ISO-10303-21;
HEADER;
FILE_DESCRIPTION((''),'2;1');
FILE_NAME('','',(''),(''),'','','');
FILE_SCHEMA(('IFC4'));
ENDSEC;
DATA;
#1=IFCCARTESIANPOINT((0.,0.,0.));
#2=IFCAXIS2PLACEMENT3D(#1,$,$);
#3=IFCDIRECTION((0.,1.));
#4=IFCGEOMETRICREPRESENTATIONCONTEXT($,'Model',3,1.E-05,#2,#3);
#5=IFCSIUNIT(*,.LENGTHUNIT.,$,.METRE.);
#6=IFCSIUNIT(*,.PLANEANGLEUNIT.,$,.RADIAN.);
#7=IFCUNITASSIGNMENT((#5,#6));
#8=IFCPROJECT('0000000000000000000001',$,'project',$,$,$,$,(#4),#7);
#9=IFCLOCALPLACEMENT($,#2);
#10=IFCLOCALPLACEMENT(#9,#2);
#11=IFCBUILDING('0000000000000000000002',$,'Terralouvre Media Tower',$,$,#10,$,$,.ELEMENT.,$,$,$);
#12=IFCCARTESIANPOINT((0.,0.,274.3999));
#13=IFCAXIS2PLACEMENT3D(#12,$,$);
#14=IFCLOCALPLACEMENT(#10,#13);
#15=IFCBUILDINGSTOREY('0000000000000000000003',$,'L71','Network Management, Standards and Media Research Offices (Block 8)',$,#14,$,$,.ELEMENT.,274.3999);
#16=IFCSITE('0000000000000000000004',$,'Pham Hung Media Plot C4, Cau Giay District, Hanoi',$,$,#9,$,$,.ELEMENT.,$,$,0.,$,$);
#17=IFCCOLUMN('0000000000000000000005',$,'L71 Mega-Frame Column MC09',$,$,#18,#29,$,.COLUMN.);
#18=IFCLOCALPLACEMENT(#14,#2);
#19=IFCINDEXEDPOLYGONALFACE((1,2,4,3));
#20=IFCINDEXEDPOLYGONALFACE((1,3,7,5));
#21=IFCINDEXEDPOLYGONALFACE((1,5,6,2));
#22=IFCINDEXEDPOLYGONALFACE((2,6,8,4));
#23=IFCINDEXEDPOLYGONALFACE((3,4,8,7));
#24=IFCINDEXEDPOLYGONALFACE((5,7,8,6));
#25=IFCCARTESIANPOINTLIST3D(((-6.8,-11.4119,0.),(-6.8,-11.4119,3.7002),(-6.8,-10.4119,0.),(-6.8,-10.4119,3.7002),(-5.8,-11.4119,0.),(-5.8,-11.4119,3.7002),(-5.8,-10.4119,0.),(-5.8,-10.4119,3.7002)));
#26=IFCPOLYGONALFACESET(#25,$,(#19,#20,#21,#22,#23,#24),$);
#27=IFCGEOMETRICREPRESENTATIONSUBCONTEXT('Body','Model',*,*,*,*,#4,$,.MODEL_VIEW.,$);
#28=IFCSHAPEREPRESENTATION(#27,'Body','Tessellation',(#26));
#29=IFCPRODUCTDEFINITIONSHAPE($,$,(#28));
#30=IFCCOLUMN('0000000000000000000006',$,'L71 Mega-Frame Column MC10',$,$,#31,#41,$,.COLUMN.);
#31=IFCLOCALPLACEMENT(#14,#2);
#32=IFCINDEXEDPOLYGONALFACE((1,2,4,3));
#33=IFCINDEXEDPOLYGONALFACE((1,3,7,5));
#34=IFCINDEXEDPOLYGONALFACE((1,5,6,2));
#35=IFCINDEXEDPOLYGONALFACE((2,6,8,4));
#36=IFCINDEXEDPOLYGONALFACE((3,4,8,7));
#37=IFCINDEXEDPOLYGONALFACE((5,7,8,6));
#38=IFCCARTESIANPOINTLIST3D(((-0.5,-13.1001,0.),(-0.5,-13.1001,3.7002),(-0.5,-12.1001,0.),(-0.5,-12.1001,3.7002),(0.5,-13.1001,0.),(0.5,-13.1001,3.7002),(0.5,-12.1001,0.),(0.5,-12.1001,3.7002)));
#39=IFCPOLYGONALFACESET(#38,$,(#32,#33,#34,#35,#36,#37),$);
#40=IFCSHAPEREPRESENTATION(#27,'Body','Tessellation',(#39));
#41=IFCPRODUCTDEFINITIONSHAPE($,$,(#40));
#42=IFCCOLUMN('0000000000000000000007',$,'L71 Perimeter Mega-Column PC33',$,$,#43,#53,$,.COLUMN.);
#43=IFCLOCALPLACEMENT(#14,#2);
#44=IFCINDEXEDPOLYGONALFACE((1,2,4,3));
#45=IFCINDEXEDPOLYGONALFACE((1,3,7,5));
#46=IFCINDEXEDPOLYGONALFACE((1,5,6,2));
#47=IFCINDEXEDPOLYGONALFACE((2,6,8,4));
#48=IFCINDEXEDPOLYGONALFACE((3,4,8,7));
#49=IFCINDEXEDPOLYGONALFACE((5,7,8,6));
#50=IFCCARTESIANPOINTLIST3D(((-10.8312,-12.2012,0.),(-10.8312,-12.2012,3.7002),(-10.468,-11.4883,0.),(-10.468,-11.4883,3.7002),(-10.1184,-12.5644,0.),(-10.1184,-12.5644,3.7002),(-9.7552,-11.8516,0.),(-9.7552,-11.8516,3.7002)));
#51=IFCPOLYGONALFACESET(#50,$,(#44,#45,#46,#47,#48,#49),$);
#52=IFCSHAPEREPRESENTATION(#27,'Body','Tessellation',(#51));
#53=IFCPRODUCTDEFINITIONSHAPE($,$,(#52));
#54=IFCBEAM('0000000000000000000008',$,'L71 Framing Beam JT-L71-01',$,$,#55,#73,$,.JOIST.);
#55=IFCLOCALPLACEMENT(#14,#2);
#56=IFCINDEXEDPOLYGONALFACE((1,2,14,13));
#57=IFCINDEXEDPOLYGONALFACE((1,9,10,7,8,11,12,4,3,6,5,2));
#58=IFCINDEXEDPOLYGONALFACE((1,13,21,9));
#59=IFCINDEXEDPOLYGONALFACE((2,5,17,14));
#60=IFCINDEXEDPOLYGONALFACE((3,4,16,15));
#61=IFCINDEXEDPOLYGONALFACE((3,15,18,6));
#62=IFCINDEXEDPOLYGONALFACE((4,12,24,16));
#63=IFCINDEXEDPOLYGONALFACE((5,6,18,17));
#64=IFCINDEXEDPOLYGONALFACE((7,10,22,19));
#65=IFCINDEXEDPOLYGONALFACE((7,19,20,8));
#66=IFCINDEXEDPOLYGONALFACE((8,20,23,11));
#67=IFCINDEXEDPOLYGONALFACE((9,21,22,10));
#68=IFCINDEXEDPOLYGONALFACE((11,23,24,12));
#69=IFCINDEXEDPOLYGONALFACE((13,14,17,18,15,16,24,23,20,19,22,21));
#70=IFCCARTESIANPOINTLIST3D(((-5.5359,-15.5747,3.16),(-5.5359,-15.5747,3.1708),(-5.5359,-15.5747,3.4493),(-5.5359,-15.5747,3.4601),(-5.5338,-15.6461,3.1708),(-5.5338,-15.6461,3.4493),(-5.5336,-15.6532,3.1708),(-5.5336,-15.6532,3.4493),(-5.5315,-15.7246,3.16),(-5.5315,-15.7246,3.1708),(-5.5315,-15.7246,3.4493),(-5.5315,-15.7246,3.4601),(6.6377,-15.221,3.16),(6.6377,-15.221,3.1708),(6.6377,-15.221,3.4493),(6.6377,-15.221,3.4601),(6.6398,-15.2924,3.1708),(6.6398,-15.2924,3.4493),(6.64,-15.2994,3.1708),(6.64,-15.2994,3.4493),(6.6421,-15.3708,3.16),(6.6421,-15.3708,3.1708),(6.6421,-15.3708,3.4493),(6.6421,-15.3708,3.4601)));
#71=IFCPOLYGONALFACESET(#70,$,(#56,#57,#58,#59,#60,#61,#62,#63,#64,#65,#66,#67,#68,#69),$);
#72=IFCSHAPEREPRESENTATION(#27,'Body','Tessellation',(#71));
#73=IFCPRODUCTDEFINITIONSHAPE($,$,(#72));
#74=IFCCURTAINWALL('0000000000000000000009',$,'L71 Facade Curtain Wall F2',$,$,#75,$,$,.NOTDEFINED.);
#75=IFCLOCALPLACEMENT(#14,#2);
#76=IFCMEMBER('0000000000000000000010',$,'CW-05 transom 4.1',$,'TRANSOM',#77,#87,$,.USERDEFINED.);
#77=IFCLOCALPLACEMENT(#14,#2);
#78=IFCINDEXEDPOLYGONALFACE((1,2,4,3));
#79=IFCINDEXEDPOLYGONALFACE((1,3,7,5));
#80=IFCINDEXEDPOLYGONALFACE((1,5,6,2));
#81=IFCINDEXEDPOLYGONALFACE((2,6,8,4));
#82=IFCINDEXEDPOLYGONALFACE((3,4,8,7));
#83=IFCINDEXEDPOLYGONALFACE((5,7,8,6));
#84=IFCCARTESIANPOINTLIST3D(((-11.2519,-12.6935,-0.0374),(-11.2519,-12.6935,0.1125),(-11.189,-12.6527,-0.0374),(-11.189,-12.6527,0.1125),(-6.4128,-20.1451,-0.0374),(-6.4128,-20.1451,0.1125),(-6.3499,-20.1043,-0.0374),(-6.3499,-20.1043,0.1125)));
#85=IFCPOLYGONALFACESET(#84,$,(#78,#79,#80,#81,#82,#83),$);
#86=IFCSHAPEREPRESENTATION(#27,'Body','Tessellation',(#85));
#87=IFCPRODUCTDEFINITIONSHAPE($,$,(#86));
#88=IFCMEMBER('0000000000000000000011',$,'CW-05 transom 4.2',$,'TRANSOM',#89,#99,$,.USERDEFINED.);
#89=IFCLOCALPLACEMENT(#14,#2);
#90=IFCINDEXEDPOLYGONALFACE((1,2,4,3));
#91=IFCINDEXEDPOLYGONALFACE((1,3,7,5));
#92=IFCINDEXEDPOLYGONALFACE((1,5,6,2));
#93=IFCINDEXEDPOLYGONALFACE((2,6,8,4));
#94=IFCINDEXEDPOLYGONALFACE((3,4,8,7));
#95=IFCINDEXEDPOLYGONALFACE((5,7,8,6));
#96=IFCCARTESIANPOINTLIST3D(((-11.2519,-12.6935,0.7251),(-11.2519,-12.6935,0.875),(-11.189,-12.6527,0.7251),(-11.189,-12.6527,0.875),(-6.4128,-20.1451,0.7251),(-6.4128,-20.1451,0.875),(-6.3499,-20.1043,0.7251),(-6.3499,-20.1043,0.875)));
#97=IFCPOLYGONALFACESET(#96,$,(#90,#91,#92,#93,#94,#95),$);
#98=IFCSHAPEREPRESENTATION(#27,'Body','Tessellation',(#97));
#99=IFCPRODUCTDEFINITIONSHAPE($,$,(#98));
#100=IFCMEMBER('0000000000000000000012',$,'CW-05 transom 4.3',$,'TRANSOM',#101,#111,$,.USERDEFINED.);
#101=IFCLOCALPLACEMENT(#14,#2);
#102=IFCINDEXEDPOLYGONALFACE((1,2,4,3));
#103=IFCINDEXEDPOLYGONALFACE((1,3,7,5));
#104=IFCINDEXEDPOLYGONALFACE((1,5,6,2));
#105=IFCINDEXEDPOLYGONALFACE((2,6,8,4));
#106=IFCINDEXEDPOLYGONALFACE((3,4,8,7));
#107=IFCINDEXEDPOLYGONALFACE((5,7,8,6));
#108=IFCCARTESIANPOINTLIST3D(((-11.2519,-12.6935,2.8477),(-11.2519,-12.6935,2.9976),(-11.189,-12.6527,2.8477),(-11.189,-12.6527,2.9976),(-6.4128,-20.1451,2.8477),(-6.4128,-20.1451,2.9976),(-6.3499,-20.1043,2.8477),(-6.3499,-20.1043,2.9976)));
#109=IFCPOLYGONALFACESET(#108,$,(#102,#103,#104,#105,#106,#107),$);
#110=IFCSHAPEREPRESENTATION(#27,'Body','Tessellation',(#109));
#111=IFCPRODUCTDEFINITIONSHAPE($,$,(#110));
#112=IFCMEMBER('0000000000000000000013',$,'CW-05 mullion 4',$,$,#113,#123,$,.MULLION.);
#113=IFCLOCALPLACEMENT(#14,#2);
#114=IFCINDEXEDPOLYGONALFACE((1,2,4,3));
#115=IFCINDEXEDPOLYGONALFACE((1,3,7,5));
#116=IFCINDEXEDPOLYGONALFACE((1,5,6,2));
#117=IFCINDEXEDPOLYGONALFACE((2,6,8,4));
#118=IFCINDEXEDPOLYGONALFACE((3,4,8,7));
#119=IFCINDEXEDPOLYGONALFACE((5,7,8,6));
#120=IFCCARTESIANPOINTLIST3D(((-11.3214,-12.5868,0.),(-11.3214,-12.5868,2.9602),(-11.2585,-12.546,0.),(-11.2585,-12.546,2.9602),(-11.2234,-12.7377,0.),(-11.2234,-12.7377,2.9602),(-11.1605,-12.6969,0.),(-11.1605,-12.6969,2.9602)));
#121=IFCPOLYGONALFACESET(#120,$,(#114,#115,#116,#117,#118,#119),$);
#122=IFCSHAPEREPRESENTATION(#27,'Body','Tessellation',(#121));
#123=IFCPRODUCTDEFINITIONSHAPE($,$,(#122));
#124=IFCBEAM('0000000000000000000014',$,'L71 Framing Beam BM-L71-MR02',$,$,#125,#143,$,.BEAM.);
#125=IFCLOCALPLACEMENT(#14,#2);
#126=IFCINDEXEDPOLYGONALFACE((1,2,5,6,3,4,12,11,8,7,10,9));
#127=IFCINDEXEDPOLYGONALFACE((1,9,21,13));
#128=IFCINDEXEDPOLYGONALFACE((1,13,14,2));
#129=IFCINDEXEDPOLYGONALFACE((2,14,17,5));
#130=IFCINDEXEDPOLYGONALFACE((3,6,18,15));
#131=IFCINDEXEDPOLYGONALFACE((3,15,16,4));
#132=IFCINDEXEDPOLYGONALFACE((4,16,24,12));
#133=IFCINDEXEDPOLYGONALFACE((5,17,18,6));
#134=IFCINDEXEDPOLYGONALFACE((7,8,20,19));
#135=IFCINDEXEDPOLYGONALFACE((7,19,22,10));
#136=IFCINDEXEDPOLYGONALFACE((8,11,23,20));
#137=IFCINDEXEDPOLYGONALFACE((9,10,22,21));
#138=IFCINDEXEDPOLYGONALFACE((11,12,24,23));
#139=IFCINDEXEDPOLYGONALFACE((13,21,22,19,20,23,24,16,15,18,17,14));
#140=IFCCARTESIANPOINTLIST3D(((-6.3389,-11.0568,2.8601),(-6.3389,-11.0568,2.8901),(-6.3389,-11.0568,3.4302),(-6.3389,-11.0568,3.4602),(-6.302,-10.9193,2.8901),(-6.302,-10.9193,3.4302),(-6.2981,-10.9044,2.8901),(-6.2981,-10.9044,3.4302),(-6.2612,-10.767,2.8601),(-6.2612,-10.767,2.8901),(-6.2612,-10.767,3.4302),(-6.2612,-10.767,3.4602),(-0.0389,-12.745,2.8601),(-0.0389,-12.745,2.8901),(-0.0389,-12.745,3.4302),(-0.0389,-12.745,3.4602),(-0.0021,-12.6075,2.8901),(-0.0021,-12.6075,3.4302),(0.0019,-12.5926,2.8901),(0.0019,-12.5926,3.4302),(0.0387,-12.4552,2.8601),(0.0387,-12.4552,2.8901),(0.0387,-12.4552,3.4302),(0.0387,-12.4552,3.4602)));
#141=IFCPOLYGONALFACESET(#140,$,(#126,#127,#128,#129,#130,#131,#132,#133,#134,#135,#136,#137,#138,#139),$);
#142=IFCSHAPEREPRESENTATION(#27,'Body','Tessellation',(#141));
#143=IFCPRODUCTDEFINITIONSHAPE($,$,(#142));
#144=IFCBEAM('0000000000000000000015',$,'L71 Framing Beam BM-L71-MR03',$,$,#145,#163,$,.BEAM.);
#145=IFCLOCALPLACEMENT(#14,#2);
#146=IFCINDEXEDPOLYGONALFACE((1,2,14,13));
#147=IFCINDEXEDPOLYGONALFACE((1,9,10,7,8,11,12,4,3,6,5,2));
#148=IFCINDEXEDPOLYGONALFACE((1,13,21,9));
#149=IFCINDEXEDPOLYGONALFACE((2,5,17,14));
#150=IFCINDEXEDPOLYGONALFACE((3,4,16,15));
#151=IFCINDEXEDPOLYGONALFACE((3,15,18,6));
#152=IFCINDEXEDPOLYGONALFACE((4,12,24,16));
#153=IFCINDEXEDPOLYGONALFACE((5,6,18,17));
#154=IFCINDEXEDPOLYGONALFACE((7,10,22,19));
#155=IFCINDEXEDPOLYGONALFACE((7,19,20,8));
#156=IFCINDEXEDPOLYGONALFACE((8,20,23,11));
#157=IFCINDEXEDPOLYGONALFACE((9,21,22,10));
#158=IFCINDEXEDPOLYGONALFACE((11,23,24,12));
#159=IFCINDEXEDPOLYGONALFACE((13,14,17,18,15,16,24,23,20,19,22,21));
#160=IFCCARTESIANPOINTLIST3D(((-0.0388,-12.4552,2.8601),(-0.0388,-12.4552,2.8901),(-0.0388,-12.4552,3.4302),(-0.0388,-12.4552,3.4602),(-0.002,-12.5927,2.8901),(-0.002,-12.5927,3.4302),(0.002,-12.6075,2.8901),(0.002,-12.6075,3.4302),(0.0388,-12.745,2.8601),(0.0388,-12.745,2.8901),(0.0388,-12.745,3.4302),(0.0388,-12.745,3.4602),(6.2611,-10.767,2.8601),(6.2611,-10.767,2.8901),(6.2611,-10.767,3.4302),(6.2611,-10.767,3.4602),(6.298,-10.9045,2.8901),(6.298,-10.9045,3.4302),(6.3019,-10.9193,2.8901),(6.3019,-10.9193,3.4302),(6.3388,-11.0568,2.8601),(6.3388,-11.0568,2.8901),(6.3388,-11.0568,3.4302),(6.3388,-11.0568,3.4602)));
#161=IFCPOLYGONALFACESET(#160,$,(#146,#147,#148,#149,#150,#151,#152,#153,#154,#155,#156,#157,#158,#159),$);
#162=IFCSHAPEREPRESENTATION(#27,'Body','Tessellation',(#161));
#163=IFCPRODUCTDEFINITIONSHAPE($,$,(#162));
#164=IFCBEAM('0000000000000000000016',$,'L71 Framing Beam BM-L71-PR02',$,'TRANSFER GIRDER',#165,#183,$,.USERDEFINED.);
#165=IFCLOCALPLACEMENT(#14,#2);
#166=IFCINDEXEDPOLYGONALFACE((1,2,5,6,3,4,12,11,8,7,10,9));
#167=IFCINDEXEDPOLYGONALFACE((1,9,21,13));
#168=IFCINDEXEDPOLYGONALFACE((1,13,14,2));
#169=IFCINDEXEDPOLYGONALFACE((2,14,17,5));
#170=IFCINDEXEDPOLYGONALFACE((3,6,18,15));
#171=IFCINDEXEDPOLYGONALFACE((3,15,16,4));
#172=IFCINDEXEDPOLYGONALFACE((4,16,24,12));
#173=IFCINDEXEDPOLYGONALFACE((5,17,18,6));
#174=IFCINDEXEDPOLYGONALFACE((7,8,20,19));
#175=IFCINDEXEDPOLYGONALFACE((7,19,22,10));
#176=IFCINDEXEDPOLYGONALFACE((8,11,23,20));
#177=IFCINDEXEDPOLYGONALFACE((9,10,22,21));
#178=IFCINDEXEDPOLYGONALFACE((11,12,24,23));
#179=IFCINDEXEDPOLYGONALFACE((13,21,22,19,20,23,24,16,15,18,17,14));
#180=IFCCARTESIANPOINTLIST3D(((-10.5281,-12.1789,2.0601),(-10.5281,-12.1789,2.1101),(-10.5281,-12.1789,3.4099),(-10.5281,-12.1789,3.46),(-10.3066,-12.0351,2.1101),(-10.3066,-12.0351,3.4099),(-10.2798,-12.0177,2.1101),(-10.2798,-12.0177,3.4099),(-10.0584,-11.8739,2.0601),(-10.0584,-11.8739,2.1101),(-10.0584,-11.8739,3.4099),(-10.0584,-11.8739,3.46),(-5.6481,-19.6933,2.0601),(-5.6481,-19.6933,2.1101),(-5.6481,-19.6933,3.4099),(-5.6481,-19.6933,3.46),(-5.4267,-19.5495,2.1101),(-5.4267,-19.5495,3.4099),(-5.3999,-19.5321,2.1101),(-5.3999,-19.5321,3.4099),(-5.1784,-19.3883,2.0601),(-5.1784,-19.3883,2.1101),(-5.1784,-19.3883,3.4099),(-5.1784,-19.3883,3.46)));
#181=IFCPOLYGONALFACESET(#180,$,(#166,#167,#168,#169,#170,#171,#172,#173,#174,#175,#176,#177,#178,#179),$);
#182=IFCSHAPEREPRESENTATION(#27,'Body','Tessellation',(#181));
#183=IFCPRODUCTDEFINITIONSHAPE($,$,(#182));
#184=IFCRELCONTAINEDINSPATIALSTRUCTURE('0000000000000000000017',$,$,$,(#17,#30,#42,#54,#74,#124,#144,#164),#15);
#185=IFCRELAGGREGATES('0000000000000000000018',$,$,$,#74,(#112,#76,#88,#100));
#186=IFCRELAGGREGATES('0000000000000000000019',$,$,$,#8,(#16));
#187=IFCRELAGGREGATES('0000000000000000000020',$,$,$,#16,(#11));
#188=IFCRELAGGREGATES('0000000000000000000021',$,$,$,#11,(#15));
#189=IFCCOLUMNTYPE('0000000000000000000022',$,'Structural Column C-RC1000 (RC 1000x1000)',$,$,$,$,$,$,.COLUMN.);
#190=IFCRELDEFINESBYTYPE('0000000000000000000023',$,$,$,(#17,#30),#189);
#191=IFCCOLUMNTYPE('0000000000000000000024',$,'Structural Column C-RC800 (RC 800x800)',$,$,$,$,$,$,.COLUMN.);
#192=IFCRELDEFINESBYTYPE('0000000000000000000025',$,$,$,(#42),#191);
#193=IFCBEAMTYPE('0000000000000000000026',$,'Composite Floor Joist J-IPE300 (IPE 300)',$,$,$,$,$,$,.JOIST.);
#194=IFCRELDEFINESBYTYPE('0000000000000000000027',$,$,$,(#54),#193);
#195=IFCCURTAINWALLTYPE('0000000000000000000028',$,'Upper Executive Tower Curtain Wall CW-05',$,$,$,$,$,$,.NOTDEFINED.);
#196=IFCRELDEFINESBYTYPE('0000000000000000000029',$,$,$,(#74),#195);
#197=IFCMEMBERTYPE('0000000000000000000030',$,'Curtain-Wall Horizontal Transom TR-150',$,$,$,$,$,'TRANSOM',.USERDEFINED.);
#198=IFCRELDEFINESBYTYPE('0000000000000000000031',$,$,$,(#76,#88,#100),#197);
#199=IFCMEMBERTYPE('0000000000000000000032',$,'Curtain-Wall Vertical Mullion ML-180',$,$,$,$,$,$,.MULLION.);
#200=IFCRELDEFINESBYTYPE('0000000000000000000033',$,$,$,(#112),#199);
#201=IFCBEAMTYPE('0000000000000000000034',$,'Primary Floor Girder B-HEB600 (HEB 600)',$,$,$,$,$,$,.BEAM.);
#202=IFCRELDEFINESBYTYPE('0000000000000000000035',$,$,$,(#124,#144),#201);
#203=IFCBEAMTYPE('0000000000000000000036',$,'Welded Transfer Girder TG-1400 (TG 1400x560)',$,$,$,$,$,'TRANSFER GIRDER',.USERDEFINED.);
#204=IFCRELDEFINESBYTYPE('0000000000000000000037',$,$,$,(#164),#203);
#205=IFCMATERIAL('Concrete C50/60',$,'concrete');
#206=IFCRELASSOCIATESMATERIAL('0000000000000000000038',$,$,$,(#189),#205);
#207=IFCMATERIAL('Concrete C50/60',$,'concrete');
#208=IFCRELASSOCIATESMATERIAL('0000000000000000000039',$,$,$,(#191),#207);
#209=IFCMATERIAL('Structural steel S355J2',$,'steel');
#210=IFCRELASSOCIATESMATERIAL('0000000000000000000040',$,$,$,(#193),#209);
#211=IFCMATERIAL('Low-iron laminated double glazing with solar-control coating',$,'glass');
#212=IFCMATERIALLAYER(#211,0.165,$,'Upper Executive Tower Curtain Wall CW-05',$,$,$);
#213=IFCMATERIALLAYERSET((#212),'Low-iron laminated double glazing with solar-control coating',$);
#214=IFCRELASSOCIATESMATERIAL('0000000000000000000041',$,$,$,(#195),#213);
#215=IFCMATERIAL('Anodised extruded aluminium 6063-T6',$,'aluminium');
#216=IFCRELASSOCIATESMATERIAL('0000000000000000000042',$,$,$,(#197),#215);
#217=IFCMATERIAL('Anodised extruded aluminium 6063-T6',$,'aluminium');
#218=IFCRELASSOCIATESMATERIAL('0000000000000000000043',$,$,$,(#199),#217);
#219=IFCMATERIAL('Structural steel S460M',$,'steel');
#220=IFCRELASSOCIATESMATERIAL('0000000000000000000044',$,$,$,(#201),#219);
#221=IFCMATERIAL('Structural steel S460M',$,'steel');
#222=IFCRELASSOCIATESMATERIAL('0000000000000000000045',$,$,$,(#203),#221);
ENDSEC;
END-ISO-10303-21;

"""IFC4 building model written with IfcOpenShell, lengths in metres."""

from ifc_helpers import new_model, si_unit, direction, frame, origin, origin_2d, place, context, subcontext, project, spatial, rectangle, i_section, extrude, material, layer, layer_set, material_profile, profile_set, type_object, element, aggregate, save


model = new_model("IFC4")

# Units and contexts
model_context = context("Model", 3, precision=1e-05, world=origin(), true_north=direction((0.0, 1.0)))
body_context = subcontext(model_context, "Body", "Model", "MODEL_VIEW")
ifc_project = project(units=[si_unit("LENGTHUNIT", "METRE"), si_unit("PLANEANGLEUNIT", "RADIAN")], contexts=[model_context])

# Site, building, storey
site_placement = place(None, origin())
site = spatial("IfcSite", under=ifc_project, at=site_placement, Name="Pham Hung Media Plot C4, Cau Giay District, Hanoi", CompositionType="ELEMENT", RefElevation=0.0)
building_placement = place(site_placement, origin())
building = spatial("IfcBuilding", under=site, at=building_placement, Name="Terralouvre Media Tower", CompositionType="ELEMENT")
storey_placement = place(building_placement, frame((0.0, 0.0, 274.3999)))
storey = spatial("IfcBuildingStorey", under=building, at=storey_placement, Name="L71", Description="Network Management, Standards and Media Research Offices (Block 8)", CompositionType="ELEMENT", Elevation=274.3999)

# Columns
ifc_material_1 = material(Name="Concrete C50/60", Category="concrete")
ifc_material_profile_1 = material_profile(ifc_material_1, rectangle(XDim=1.0, YDim=1.0, at=origin_2d()), Name="RC 1000x1000")
ifc_profile_set_1 = profile_set([ifc_material_profile_1], Name="Concrete C50/60")
column_type_1 = type_object("IfcColumnType", Name="Structural Column C-RC1000 (RC 1000x1000)", PredefinedType="COLUMN", material=ifc_profile_set_1)
for number, where, z_axis, x_axis, name in (
    (1, (-6.3, -10.9119, 0.0), (0.0, 0.0, 1.0), (1.0, 0.0, 0.0), "L71 Mega-Frame Column MC09"),
    (2, (0.0, -12.6001, 0.0), (0.0, 0.0, 1.0), (1.0, 0.0, 0.0), "L71 Mega-Frame Column MC10"),
):
    element("IfcColumn", number, at=place(storey_placement, frame(where, z_axis=z_axis, x_axis=x_axis)), inside=storey, type_object=column_type_1, Name=name, PredefinedType="COLUMN", context=body_context, shape_type="SweptSolid", body=[
        extrude(rectangle(XDim=1.0, YDim=1.0, at=origin_2d()), origin(), (0.0, 0.0, 1.0), 3.7002),
    ])
ifc_material_2 = material(Name="Concrete C50/60", Category="concrete")
ifc_material_profile_2 = material_profile(ifc_material_2, rectangle(XDim=0.8, YDim=0.8, at=origin_2d()), Name="RC 800x800")
ifc_profile_set_2 = profile_set([ifc_material_profile_2], Name="Concrete C50/60")
column_type_2 = type_object("IfcColumnType", Name="Structural Column C-RC800 (RC 800x800)", PredefinedType="COLUMN", material=ifc_profile_set_2)
column_placement = place(storey_placement, frame((-10.2932, -12.0264, 0.0), z_axis=(0.0, 0.0, 1.0), x_axis=(0.45399, 0.891007, 0.0)))
element("IfcColumn", 3, at=column_placement, inside=storey, type_object=column_type_2, Name="L71 Perimeter Mega-Column PC33", PredefinedType="COLUMN", context=body_context, shape_type="SweptSolid", body=[
    extrude(rectangle(XDim=0.8, YDim=0.8, at=origin_2d()), origin(), (0.0, 0.0, 1.0), 3.7002),
])

# Beam
ifc_material_3 = material(Name="Structural steel S355J2", Category="steel")
ifc_material_profile_3 = material_profile(ifc_material_3, i_section(OverallWidth=0.1499, OverallDepth=0.3, WebThickness=0.0071, FlangeThickness=0.0107, at=origin_2d()), Name="IPE 300")
ifc_profile_set_3 = profile_set([ifc_material_profile_3], Name="Structural steel S355J2")
beam_type_1 = type_object("IfcBeamType", Name="Composite Floor Joist J-IPE300 (IPE 300)", PredefinedType="JOIST", material=ifc_profile_set_3)
beam_1_placement = place(storey_placement, frame((-5.5337, -15.6497, 3.3101), z_axis=(0.999578, 0.029047, 0.0), x_axis=(-0.029047, 0.999578, 0.0)))
element("IfcBeam", 4, at=beam_1_placement, inside=storey, type_object=beam_type_1, Name="L71 Framing Beam JT-L71-01", PredefinedType="JOIST", context=body_context, shape_type="SweptSolid", body=[
    extrude(i_section(OverallWidth=0.1499, OverallDepth=0.3, WebThickness=0.0071, FlangeThickness=0.0107, at=origin_2d()), origin(), (0.0, 0.0, 1.0), 12.1787),
])

# Curtain wall, members
ifc_material_4 = material(Name="Low-iron laminated double glazing with solar-control coating", Category="glass")
ifc_layer_1 = layer(ifc_material_4, 0.165, Name="Upper Executive Tower Curtain Wall CW-05")
ifc_layer_set_1 = layer_set([ifc_layer_1], Name="Low-iron laminated double glazing with solar-control coating")
curtain_wall_type = type_object("IfcCurtainWallType", Name="Upper Executive Tower Curtain Wall CW-05", PredefinedType="NOTDEFINED", material=ifc_layer_set_1)
curtain_wall_placement = place(storey_placement, origin())
curtain_wall = element("IfcCurtainWall", 5, at=curtain_wall_placement, inside=storey, type_object=curtain_wall_type, Name="L71 Facade Curtain Wall F2", PredefinedType="NOTDEFINED")
ifc_material_5 = material(Name="Anodised extruded aluminium 6063-T6", Category="aluminium")
ifc_material_profile_4 = material_profile(ifc_material_5, rectangle(XDim=0.075, YDim=0.1499, at=origin_2d()), Name="ALU 75x150")
ifc_profile_set_4 = profile_set([ifc_material_profile_4], Name="Anodised extruded aluminium 6063-T6")
member_type_1 = type_object("IfcMemberType", Name="Curtain-Wall Horizontal Transom TR-150", ElementType="TRANSOM", PredefinedType="USERDEFINED", material=ifc_profile_set_4)
member_1_placement = place(storey_placement, frame((-11.2205, -12.6731, 0.0376), z_axis=(0.544635, -0.838673, 0.0), x_axis=(0.838673, 0.544635, 0.0)))
member_1 = element("IfcMember", 6, at=member_1_placement, type_object=member_type_1, Name="CW-05 transom 4.1", ObjectType="TRANSOM", PredefinedType="USERDEFINED", context=body_context, shape_type="SweptSolid", body=[
    extrude(rectangle(XDim=0.075, YDim=0.1499, at=origin_2d()), origin(), (0.0, 0.0, 1.0), 8.885),
])
member_2_placement = place(storey_placement, frame((-11.2205, -12.6731, 0.8), z_axis=(0.544635, -0.838673, 0.0), x_axis=(0.838673, 0.544635, 0.0)))
member_2 = element("IfcMember", 7, at=member_2_placement, type_object=member_type_1, Name="CW-05 transom 4.2", ObjectType="TRANSOM", PredefinedType="USERDEFINED", context=body_context, shape_type="SweptSolid", body=[
    extrude(rectangle(XDim=0.075, YDim=0.1499, at=origin_2d()), origin(), (0.0, 0.0, 1.0), 8.885),
])
member_3_placement = place(storey_placement, frame((-11.2205, -12.6731, 2.9226), z_axis=(0.544635, -0.838673, 0.0), x_axis=(0.838673, 0.544635, 0.0)))
member_3 = element("IfcMember", 8, at=member_3_placement, type_object=member_type_1, Name="CW-05 transom 4.3", ObjectType="TRANSOM", PredefinedType="USERDEFINED", context=body_context, shape_type="SweptSolid", body=[
    extrude(rectangle(XDim=0.075, YDim=0.1499, at=origin_2d()), origin(), (0.0, 0.0, 1.0), 8.885),
])
ifc_material_6 = material(Name="Anodised extruded aluminium 6063-T6", Category="aluminium")
ifc_material_profile_5 = material_profile(ifc_material_6, rectangle(XDim=0.075, YDim=0.1799, at=origin_2d()), Name="ALU 75x180")
ifc_profile_set_5 = profile_set([ifc_material_profile_5], Name="Anodised extruded aluminium 6063-T6")
member_type_2 = type_object("IfcMemberType", Name="Curtain-Wall Vertical Mullion ML-180", PredefinedType="MULLION", material=ifc_profile_set_5)
member_4_placement = place(storey_placement, frame((-11.241, -12.6418, 0.0), z_axis=(0.0, 0.0, 1.0), x_axis=(0.838671, 0.544639, 0.0)))
member_4 = element("IfcMember", 9, at=member_4_placement, type_object=member_type_2, Name="CW-05 mullion 4", PredefinedType="MULLION", context=body_context, shape_type="SweptSolid", body=[
    extrude(rectangle(XDim=0.075, YDim=0.1799, at=origin_2d()), origin(), (0.0, 0.0, 1.0), 2.9602),
])
aggregate(curtain_wall, [member_4, member_1, member_2, member_3])

# Beams
ifc_material_7 = material(Name="Structural steel S460M", Category="steel")
ifc_material_profile_6 = material_profile(ifc_material_7, i_section(OverallWidth=0.3, OverallDepth=0.6001, WebThickness=0.0154, FlangeThickness=0.03, at=origin_2d()), Name="HEB 600")
ifc_profile_set_6 = profile_set([ifc_material_profile_6], Name="Structural steel S460M")
beam_type_2 = type_object("IfcBeamType", Name="Primary Floor Girder B-HEB600 (HEB 600)", PredefinedType="BEAM", material=ifc_profile_set_6)
for number, where, z_axis, x_axis, name in (
    (10, (-6.3, -10.9119, 3.1602), (0.96592, -0.258839, 0.0), (0.258839, 0.96592, 0.0), "L71 Framing Beam BM-L71-MR02"),
    (11, (0.0, -12.6001, 3.1602), (0.96592, 0.258839, 0.0), (-0.258839, 0.96592, 0.0), "L71 Framing Beam BM-L71-MR03"),
):
    element("IfcBeam", number, at=place(storey_placement, frame(where, z_axis=z_axis, x_axis=x_axis)), inside=storey, type_object=beam_type_2, Name=name, PredefinedType="BEAM", context=body_context, shape_type="SweptSolid", body=[
        extrude(i_section(OverallWidth=0.3, OverallDepth=0.6001, WebThickness=0.0154, FlangeThickness=0.03, at=origin_2d()), origin(), (0.0, 0.0, 1.0), 6.5222),
    ])
ifc_material_8 = material(Name="Structural steel S460M", Category="steel")
ifc_material_profile_7 = material_profile(ifc_material_8, i_section(OverallWidth=0.5601, OverallDepth=1.3999, WebThickness=0.032, FlangeThickness=0.05, at=origin_2d()), Name="TG 1400x560")
ifc_profile_set_7 = profile_set([ifc_material_profile_7], Name="Structural steel S460M")
beam_type_3 = type_object("IfcBeamType", Name="Welded Transfer Girder TG-1400 (TG 1400x560)", ElementType="TRANSFER GIRDER", PredefinedType="USERDEFINED", material=ifc_profile_set_7)
beam_2_placement = place(storey_placement, frame((-10.2932, -12.0264, 2.76), z_axis=(0.544637, -0.838672, 0.0), x_axis=(0.838672, 0.544637, 0.0)))
element("IfcBeam", 12, at=beam_2_placement, inside=storey, type_object=beam_type_3, Name="L71 Framing Beam BM-L71-PR02", ObjectType="TRANSFER GIRDER", PredefinedType="USERDEFINED", context=body_context, shape_type="SweptSolid", body=[
    extrude(i_section(OverallWidth=0.5601, OverallDepth=1.3999, WebThickness=0.032, FlangeThickness=0.05, at=origin_2d()), origin(), (0.0, 0.0, 1.0), 8.96),
])

save(model, "model.ifc")
